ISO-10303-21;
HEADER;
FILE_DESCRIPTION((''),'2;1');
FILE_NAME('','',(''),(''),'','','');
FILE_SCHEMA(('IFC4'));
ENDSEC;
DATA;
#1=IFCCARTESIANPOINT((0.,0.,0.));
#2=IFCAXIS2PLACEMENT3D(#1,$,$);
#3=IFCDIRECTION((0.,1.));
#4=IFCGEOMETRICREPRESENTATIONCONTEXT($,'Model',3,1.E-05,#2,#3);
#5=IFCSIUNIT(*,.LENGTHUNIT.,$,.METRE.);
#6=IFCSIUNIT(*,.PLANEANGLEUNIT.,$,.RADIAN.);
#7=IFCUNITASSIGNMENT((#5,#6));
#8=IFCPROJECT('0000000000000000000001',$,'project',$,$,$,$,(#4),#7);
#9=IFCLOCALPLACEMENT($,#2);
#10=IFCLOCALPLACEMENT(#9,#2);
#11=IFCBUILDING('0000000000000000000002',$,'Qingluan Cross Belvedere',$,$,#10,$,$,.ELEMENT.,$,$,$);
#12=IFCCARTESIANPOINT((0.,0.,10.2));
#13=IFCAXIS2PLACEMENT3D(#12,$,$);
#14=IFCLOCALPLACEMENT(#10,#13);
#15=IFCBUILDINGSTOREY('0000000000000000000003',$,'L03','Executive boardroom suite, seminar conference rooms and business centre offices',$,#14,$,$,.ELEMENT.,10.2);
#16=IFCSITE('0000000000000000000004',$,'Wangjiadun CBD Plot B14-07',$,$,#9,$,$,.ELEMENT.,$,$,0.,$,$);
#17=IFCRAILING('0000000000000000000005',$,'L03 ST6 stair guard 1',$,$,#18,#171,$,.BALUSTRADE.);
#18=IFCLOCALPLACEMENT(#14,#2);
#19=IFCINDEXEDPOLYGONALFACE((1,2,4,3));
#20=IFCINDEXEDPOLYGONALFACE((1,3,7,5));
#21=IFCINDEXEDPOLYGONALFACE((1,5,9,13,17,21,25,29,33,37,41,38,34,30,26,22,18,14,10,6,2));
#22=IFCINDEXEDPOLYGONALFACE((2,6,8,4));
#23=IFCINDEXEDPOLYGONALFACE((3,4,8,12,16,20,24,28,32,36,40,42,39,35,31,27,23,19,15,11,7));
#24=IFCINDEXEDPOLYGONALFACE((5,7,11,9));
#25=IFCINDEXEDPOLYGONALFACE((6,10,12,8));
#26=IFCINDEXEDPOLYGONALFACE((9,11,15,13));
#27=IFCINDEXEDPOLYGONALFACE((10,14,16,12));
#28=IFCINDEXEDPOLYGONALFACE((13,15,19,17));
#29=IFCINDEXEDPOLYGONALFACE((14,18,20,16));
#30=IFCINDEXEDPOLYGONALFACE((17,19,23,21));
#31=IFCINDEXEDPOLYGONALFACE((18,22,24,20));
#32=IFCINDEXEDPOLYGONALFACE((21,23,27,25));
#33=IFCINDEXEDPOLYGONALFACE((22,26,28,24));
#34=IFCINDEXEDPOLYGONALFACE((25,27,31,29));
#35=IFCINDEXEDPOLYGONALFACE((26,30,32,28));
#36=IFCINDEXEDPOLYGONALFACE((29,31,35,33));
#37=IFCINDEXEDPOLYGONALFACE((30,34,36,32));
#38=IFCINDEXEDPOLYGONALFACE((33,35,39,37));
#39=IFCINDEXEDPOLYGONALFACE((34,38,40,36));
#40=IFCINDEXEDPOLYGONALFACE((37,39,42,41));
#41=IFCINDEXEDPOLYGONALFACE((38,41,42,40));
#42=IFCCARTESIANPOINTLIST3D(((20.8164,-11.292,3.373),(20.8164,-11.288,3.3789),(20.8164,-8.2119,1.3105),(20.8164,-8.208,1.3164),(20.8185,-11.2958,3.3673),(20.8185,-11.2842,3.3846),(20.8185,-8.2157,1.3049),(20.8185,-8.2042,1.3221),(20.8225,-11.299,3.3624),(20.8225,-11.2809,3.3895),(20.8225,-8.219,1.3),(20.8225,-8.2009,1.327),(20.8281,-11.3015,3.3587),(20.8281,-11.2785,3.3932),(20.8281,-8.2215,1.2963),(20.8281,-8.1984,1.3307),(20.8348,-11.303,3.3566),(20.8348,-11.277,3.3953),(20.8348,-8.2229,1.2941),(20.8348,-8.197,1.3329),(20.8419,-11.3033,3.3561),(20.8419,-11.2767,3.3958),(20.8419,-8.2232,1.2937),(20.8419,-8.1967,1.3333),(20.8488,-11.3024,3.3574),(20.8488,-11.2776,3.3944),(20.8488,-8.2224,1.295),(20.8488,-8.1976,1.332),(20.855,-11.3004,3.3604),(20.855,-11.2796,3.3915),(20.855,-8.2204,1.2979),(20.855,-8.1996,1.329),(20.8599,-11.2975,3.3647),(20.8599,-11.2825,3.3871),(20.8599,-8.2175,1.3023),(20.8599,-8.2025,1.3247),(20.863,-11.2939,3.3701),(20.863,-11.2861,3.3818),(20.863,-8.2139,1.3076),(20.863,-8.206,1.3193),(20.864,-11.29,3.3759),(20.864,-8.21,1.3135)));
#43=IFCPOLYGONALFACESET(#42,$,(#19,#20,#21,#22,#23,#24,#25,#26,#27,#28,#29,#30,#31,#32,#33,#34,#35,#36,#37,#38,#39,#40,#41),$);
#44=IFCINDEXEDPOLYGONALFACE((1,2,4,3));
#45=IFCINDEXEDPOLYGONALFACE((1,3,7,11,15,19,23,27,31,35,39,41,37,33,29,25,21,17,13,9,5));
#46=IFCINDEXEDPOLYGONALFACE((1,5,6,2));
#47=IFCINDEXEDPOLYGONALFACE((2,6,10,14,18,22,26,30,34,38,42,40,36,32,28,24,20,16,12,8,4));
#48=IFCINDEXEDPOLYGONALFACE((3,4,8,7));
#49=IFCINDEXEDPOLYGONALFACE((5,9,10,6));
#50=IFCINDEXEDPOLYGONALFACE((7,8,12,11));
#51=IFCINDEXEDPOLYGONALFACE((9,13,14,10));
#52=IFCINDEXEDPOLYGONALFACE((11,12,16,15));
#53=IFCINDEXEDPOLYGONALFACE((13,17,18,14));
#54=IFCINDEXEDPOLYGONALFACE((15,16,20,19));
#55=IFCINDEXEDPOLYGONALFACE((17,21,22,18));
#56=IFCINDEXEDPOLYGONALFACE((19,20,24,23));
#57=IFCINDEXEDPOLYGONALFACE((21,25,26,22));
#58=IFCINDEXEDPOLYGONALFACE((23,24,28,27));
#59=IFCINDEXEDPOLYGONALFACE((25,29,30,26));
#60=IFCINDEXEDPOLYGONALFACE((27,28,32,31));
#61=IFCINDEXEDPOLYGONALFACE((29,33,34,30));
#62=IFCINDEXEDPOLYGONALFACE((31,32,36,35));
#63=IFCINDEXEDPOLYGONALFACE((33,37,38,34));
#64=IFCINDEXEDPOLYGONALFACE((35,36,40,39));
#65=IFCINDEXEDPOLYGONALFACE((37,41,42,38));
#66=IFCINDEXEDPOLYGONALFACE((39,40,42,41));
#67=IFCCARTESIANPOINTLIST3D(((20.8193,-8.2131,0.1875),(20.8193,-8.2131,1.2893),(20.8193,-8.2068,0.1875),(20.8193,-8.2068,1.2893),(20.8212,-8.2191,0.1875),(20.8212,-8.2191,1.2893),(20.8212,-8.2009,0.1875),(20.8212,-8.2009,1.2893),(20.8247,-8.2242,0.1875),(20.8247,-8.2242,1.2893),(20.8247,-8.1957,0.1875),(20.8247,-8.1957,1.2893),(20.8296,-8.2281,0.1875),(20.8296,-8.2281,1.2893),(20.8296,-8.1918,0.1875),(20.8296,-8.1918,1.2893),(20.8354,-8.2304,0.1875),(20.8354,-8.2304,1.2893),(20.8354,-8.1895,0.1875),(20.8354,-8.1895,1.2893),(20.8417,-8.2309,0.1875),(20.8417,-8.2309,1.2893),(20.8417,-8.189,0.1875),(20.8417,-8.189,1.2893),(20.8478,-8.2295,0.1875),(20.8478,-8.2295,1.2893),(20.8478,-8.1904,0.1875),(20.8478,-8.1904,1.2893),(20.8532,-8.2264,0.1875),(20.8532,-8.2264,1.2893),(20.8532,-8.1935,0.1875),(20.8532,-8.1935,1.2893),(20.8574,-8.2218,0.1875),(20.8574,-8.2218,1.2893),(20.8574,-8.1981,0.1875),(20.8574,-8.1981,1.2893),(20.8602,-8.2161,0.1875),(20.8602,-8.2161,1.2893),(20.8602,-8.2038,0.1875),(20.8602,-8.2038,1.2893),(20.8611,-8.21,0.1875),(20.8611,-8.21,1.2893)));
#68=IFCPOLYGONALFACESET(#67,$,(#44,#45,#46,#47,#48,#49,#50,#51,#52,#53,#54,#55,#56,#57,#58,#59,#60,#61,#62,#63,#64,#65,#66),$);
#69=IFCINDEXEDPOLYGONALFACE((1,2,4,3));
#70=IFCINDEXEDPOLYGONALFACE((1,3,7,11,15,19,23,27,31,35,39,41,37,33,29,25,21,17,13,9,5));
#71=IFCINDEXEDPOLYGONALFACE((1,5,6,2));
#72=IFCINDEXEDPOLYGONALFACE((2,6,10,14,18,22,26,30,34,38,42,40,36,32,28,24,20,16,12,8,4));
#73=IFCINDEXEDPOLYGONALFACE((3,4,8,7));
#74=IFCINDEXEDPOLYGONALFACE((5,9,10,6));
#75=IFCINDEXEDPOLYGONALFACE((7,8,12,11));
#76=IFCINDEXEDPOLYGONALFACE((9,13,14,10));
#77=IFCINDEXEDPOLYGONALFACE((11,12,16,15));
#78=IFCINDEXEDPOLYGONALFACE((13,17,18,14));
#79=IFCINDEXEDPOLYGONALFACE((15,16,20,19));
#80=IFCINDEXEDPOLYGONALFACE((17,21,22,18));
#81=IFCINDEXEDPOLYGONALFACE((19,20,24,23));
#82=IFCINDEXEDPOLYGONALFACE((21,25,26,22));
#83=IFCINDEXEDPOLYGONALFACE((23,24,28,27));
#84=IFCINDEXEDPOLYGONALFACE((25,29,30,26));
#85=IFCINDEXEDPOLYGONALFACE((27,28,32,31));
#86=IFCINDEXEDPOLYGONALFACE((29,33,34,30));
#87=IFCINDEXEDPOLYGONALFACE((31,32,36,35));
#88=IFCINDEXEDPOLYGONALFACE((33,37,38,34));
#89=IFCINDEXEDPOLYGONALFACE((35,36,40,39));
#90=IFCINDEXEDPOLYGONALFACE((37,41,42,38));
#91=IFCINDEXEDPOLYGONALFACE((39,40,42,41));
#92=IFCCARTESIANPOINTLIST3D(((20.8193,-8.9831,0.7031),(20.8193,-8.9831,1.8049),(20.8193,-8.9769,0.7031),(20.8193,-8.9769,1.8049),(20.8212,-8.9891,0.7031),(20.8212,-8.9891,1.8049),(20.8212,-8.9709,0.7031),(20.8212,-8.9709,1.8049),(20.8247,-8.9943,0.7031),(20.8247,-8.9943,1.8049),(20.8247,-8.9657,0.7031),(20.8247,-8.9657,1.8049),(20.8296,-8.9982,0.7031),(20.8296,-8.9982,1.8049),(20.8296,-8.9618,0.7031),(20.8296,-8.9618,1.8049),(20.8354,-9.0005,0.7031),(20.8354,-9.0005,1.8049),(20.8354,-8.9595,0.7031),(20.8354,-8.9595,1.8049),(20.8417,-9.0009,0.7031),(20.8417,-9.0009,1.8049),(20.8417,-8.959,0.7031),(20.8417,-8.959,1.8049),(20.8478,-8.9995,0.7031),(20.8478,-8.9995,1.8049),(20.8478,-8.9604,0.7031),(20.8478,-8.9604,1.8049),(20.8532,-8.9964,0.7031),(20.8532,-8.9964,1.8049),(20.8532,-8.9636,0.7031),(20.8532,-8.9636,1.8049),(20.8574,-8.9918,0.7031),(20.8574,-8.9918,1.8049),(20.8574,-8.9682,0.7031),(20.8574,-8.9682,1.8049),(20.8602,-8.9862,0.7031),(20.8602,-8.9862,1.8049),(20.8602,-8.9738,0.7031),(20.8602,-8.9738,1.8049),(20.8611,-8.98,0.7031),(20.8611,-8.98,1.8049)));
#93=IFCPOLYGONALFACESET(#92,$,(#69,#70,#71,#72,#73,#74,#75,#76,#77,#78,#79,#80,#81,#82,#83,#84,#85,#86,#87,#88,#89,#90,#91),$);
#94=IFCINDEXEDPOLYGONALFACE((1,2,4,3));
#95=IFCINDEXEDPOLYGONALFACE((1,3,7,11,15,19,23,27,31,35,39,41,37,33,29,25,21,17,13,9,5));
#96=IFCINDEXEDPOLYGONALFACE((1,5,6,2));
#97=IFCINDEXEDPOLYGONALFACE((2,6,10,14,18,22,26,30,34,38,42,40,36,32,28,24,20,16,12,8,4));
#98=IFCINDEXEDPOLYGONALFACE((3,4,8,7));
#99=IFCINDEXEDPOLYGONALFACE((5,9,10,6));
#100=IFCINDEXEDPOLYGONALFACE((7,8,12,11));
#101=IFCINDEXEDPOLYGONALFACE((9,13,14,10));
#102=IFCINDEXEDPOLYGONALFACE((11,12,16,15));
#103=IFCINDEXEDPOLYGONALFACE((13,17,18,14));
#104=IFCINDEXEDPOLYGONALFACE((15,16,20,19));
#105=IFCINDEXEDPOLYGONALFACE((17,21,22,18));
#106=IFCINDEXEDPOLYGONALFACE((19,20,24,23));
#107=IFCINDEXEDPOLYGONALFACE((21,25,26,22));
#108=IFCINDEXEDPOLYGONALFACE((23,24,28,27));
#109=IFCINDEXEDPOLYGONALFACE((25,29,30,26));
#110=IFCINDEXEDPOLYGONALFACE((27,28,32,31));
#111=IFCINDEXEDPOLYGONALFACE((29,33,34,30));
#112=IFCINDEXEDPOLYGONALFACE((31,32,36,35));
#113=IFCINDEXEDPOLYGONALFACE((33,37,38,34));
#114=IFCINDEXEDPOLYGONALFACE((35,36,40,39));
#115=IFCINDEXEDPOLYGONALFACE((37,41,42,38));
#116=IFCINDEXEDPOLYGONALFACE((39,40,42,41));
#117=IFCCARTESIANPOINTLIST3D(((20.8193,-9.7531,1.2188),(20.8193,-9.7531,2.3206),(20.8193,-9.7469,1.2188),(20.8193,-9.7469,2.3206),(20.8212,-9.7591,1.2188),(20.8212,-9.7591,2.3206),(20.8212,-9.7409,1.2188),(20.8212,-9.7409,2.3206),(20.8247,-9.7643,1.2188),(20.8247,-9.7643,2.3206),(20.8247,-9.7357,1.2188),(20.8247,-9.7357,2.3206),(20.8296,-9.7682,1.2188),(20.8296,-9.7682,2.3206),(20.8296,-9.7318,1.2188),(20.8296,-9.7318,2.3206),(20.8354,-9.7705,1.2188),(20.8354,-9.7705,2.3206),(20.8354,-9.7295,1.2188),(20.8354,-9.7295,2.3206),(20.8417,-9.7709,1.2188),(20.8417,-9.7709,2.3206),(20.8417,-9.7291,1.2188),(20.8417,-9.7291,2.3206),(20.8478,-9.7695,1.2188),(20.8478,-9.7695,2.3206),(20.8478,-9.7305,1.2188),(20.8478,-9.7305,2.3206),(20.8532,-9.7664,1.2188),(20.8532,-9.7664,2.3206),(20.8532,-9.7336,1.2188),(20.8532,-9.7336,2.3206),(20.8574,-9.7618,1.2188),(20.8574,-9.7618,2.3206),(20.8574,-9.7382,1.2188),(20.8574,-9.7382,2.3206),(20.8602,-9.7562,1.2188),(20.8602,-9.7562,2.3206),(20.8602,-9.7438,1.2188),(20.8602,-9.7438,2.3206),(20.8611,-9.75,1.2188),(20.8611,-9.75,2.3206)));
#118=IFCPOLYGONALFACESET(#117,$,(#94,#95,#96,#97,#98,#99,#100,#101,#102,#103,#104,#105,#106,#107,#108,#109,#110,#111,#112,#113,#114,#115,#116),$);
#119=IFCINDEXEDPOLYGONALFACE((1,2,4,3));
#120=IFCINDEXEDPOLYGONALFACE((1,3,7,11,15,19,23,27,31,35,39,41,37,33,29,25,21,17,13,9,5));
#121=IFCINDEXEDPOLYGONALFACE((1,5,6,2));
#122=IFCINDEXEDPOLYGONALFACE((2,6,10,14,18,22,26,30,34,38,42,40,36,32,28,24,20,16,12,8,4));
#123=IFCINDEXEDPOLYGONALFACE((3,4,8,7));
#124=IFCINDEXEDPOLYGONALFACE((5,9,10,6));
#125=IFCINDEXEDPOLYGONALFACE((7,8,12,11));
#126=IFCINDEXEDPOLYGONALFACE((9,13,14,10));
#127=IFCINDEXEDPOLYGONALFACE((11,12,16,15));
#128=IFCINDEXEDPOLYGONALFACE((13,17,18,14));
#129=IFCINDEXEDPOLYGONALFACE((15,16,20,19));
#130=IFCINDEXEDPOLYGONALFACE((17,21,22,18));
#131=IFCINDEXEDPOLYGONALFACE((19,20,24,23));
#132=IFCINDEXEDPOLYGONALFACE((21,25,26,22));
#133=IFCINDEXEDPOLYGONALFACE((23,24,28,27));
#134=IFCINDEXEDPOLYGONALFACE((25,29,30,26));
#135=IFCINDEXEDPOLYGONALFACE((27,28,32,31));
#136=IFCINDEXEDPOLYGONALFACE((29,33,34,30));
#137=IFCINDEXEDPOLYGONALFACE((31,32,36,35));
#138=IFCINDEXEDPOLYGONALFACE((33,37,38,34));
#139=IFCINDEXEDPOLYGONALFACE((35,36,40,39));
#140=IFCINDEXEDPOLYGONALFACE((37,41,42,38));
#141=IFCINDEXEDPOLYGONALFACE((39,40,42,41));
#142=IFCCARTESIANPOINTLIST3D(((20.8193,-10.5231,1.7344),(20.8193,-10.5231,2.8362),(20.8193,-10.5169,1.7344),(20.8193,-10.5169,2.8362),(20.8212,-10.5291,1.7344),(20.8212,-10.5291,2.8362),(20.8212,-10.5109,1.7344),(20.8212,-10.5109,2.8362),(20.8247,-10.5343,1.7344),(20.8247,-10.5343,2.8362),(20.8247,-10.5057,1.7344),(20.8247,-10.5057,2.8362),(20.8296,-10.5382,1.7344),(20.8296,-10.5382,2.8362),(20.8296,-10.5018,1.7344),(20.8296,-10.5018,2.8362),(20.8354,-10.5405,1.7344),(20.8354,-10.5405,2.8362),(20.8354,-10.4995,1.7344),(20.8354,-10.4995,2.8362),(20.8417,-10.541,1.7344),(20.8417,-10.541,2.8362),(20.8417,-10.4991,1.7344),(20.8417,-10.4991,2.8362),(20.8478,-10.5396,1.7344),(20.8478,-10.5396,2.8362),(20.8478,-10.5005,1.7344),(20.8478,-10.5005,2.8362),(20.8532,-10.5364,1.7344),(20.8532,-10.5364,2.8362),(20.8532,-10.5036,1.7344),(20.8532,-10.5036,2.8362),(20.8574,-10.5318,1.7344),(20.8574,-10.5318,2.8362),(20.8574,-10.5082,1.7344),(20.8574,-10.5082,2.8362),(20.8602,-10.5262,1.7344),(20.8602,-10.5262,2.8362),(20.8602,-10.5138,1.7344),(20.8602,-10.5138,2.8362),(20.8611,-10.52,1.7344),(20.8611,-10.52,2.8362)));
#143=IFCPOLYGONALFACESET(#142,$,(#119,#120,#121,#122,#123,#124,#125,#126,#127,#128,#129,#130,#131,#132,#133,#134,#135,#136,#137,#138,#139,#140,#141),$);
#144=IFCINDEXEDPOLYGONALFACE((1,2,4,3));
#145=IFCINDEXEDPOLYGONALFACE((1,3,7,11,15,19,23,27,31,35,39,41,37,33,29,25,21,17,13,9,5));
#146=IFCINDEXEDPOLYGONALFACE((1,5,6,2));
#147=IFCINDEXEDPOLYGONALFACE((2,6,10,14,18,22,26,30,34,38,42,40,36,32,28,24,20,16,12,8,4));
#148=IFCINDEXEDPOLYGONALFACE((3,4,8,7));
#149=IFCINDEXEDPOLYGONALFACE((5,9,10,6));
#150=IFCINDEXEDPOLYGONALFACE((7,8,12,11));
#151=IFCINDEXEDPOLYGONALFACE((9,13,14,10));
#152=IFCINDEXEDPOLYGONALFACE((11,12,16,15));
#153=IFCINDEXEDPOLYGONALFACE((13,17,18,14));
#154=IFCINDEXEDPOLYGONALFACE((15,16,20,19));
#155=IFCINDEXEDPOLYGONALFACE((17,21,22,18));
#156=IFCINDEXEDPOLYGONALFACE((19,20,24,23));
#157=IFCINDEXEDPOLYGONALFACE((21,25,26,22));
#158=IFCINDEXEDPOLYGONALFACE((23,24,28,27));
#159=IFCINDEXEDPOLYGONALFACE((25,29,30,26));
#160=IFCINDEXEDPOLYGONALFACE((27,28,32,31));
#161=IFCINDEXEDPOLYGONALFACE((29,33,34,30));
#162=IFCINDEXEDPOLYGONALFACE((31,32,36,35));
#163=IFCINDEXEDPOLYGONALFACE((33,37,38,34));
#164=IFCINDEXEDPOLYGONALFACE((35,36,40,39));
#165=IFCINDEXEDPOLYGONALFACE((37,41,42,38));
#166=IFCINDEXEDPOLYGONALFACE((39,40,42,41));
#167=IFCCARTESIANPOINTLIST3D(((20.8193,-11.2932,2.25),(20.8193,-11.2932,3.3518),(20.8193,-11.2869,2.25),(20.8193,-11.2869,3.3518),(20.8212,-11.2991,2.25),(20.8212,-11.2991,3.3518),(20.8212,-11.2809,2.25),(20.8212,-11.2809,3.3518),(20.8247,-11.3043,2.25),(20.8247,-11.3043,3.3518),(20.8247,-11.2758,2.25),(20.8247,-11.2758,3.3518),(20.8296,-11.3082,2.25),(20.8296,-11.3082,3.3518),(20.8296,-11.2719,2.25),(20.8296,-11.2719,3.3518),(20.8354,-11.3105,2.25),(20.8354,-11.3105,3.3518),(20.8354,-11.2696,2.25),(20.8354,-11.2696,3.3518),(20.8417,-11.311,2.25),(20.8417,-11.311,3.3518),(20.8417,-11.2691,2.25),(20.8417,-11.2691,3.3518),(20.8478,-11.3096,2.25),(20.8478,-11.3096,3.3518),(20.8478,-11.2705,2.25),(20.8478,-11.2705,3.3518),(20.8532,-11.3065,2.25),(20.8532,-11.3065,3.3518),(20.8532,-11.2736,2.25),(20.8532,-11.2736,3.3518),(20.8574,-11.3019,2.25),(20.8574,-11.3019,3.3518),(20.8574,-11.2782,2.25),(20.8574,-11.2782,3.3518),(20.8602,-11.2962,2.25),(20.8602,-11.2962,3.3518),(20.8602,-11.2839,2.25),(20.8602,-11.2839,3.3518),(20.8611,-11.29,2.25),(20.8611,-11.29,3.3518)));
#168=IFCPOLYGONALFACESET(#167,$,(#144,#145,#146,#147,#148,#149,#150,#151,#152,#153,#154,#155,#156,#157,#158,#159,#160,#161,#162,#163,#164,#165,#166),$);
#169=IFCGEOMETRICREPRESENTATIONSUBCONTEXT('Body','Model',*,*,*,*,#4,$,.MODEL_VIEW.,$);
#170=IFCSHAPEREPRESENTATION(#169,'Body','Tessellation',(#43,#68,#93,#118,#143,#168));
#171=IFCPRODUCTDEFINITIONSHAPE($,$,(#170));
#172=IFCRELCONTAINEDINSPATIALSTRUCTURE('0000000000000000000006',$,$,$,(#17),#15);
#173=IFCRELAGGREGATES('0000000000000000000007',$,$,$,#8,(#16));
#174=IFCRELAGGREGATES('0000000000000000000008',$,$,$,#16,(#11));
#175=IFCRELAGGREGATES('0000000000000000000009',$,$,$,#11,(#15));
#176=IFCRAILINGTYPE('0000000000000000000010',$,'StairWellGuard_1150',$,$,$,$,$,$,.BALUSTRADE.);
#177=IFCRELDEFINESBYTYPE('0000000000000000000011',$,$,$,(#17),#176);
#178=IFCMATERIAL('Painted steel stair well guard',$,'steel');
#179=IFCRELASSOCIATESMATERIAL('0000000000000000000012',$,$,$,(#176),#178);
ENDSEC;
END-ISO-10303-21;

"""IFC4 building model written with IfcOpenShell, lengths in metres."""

from ifc_helpers import new_model, si_unit, direction, frame, origin, origin_2d, place, context, subcontext, project, spatial, circle, extrude, material, type_object, element, save


model = new_model("IFC4")

# Units and contexts
model_context = context("Model", 3, precision=1e-05, world=origin(), true_north=direction((0.0, 1.0)))
body_context = subcontext(model_context, "Body", "Model", "MODEL_VIEW")
ifc_project = project(units=[si_unit("LENGTHUNIT", "METRE"), si_unit("PLANEANGLEUNIT", "RADIAN")], contexts=[model_context])

# Site, building, storey
site_placement = place(None, origin())
site = spatial("IfcSite", under=ifc_project, at=site_placement, Name="Wangjiadun CBD Plot B14-07", CompositionType="ELEMENT", RefElevation=0.0)
building_placement = place(site_placement, origin())
building = spatial("IfcBuilding", under=site, at=building_placement, Name="Qingluan Cross Belvedere", CompositionType="ELEMENT")
storey_placement = place(building_placement, frame((0.0, 0.0, 10.2)))
storey = spatial("IfcBuildingStorey", under=building, at=storey_placement, Name="L03", Description="Executive boardroom suite, seminar conference rooms and business centre offices", CompositionType="ELEMENT", Elevation=10.2)

# Railing
ifc_material_1 = material(Name="Painted steel stair well guard", Category="steel")
railing_type_1 = type_object("IfcRailingType", Name="StairWellGuard_1150", PredefinedType="BALUSTRADE", material=ifc_material_1)
railing_1_placement = place(storey_placement, frame((20.8401, -8.21, 0.1875)))
element("IfcRailing", 1, at=railing_1_placement, inside=storey, type_object=railing_type_1, Name="L03 ST6 stair guard 1", PredefinedType="BALUSTRADE", context=body_context, shape_type="SweptSolid", body=[
    extrude(circle(Radius=0.0239, at=origin_2d()), frame((0.0, 0.0, 1.126), z_axis=(0.0, -0.830914, 0.556401), x_axis=(1.0, 0.0, 0.0)), (0.0, 0.0, 1.0), 3.7068),
    extrude(circle(Radius=0.021, at=origin_2d()), origin(), (0.0, 0.0, 1.0), 1.1018),
    extrude(circle(Radius=0.021, at=origin_2d()), frame((0.0, -0.77, 0.5156)), (0.0, 0.0, 1.0), 1.1018),
    extrude(circle(Radius=0.021, at=origin_2d()), frame((0.0, -1.54, 1.0312)), (0.0, 0.0, 1.0), 1.1018),
    extrude(circle(Radius=0.021, at=origin_2d()), frame((0.0, -2.3101, 1.5469)), (0.0, 0.0, 1.0), 1.1018),
    extrude(circle(Radius=0.021, at=origin_2d()), frame((0.0, -3.0801, 2.0625)), (0.0, 0.0, 1.0), 1.1018),
])

save(model, "model.ifc")
